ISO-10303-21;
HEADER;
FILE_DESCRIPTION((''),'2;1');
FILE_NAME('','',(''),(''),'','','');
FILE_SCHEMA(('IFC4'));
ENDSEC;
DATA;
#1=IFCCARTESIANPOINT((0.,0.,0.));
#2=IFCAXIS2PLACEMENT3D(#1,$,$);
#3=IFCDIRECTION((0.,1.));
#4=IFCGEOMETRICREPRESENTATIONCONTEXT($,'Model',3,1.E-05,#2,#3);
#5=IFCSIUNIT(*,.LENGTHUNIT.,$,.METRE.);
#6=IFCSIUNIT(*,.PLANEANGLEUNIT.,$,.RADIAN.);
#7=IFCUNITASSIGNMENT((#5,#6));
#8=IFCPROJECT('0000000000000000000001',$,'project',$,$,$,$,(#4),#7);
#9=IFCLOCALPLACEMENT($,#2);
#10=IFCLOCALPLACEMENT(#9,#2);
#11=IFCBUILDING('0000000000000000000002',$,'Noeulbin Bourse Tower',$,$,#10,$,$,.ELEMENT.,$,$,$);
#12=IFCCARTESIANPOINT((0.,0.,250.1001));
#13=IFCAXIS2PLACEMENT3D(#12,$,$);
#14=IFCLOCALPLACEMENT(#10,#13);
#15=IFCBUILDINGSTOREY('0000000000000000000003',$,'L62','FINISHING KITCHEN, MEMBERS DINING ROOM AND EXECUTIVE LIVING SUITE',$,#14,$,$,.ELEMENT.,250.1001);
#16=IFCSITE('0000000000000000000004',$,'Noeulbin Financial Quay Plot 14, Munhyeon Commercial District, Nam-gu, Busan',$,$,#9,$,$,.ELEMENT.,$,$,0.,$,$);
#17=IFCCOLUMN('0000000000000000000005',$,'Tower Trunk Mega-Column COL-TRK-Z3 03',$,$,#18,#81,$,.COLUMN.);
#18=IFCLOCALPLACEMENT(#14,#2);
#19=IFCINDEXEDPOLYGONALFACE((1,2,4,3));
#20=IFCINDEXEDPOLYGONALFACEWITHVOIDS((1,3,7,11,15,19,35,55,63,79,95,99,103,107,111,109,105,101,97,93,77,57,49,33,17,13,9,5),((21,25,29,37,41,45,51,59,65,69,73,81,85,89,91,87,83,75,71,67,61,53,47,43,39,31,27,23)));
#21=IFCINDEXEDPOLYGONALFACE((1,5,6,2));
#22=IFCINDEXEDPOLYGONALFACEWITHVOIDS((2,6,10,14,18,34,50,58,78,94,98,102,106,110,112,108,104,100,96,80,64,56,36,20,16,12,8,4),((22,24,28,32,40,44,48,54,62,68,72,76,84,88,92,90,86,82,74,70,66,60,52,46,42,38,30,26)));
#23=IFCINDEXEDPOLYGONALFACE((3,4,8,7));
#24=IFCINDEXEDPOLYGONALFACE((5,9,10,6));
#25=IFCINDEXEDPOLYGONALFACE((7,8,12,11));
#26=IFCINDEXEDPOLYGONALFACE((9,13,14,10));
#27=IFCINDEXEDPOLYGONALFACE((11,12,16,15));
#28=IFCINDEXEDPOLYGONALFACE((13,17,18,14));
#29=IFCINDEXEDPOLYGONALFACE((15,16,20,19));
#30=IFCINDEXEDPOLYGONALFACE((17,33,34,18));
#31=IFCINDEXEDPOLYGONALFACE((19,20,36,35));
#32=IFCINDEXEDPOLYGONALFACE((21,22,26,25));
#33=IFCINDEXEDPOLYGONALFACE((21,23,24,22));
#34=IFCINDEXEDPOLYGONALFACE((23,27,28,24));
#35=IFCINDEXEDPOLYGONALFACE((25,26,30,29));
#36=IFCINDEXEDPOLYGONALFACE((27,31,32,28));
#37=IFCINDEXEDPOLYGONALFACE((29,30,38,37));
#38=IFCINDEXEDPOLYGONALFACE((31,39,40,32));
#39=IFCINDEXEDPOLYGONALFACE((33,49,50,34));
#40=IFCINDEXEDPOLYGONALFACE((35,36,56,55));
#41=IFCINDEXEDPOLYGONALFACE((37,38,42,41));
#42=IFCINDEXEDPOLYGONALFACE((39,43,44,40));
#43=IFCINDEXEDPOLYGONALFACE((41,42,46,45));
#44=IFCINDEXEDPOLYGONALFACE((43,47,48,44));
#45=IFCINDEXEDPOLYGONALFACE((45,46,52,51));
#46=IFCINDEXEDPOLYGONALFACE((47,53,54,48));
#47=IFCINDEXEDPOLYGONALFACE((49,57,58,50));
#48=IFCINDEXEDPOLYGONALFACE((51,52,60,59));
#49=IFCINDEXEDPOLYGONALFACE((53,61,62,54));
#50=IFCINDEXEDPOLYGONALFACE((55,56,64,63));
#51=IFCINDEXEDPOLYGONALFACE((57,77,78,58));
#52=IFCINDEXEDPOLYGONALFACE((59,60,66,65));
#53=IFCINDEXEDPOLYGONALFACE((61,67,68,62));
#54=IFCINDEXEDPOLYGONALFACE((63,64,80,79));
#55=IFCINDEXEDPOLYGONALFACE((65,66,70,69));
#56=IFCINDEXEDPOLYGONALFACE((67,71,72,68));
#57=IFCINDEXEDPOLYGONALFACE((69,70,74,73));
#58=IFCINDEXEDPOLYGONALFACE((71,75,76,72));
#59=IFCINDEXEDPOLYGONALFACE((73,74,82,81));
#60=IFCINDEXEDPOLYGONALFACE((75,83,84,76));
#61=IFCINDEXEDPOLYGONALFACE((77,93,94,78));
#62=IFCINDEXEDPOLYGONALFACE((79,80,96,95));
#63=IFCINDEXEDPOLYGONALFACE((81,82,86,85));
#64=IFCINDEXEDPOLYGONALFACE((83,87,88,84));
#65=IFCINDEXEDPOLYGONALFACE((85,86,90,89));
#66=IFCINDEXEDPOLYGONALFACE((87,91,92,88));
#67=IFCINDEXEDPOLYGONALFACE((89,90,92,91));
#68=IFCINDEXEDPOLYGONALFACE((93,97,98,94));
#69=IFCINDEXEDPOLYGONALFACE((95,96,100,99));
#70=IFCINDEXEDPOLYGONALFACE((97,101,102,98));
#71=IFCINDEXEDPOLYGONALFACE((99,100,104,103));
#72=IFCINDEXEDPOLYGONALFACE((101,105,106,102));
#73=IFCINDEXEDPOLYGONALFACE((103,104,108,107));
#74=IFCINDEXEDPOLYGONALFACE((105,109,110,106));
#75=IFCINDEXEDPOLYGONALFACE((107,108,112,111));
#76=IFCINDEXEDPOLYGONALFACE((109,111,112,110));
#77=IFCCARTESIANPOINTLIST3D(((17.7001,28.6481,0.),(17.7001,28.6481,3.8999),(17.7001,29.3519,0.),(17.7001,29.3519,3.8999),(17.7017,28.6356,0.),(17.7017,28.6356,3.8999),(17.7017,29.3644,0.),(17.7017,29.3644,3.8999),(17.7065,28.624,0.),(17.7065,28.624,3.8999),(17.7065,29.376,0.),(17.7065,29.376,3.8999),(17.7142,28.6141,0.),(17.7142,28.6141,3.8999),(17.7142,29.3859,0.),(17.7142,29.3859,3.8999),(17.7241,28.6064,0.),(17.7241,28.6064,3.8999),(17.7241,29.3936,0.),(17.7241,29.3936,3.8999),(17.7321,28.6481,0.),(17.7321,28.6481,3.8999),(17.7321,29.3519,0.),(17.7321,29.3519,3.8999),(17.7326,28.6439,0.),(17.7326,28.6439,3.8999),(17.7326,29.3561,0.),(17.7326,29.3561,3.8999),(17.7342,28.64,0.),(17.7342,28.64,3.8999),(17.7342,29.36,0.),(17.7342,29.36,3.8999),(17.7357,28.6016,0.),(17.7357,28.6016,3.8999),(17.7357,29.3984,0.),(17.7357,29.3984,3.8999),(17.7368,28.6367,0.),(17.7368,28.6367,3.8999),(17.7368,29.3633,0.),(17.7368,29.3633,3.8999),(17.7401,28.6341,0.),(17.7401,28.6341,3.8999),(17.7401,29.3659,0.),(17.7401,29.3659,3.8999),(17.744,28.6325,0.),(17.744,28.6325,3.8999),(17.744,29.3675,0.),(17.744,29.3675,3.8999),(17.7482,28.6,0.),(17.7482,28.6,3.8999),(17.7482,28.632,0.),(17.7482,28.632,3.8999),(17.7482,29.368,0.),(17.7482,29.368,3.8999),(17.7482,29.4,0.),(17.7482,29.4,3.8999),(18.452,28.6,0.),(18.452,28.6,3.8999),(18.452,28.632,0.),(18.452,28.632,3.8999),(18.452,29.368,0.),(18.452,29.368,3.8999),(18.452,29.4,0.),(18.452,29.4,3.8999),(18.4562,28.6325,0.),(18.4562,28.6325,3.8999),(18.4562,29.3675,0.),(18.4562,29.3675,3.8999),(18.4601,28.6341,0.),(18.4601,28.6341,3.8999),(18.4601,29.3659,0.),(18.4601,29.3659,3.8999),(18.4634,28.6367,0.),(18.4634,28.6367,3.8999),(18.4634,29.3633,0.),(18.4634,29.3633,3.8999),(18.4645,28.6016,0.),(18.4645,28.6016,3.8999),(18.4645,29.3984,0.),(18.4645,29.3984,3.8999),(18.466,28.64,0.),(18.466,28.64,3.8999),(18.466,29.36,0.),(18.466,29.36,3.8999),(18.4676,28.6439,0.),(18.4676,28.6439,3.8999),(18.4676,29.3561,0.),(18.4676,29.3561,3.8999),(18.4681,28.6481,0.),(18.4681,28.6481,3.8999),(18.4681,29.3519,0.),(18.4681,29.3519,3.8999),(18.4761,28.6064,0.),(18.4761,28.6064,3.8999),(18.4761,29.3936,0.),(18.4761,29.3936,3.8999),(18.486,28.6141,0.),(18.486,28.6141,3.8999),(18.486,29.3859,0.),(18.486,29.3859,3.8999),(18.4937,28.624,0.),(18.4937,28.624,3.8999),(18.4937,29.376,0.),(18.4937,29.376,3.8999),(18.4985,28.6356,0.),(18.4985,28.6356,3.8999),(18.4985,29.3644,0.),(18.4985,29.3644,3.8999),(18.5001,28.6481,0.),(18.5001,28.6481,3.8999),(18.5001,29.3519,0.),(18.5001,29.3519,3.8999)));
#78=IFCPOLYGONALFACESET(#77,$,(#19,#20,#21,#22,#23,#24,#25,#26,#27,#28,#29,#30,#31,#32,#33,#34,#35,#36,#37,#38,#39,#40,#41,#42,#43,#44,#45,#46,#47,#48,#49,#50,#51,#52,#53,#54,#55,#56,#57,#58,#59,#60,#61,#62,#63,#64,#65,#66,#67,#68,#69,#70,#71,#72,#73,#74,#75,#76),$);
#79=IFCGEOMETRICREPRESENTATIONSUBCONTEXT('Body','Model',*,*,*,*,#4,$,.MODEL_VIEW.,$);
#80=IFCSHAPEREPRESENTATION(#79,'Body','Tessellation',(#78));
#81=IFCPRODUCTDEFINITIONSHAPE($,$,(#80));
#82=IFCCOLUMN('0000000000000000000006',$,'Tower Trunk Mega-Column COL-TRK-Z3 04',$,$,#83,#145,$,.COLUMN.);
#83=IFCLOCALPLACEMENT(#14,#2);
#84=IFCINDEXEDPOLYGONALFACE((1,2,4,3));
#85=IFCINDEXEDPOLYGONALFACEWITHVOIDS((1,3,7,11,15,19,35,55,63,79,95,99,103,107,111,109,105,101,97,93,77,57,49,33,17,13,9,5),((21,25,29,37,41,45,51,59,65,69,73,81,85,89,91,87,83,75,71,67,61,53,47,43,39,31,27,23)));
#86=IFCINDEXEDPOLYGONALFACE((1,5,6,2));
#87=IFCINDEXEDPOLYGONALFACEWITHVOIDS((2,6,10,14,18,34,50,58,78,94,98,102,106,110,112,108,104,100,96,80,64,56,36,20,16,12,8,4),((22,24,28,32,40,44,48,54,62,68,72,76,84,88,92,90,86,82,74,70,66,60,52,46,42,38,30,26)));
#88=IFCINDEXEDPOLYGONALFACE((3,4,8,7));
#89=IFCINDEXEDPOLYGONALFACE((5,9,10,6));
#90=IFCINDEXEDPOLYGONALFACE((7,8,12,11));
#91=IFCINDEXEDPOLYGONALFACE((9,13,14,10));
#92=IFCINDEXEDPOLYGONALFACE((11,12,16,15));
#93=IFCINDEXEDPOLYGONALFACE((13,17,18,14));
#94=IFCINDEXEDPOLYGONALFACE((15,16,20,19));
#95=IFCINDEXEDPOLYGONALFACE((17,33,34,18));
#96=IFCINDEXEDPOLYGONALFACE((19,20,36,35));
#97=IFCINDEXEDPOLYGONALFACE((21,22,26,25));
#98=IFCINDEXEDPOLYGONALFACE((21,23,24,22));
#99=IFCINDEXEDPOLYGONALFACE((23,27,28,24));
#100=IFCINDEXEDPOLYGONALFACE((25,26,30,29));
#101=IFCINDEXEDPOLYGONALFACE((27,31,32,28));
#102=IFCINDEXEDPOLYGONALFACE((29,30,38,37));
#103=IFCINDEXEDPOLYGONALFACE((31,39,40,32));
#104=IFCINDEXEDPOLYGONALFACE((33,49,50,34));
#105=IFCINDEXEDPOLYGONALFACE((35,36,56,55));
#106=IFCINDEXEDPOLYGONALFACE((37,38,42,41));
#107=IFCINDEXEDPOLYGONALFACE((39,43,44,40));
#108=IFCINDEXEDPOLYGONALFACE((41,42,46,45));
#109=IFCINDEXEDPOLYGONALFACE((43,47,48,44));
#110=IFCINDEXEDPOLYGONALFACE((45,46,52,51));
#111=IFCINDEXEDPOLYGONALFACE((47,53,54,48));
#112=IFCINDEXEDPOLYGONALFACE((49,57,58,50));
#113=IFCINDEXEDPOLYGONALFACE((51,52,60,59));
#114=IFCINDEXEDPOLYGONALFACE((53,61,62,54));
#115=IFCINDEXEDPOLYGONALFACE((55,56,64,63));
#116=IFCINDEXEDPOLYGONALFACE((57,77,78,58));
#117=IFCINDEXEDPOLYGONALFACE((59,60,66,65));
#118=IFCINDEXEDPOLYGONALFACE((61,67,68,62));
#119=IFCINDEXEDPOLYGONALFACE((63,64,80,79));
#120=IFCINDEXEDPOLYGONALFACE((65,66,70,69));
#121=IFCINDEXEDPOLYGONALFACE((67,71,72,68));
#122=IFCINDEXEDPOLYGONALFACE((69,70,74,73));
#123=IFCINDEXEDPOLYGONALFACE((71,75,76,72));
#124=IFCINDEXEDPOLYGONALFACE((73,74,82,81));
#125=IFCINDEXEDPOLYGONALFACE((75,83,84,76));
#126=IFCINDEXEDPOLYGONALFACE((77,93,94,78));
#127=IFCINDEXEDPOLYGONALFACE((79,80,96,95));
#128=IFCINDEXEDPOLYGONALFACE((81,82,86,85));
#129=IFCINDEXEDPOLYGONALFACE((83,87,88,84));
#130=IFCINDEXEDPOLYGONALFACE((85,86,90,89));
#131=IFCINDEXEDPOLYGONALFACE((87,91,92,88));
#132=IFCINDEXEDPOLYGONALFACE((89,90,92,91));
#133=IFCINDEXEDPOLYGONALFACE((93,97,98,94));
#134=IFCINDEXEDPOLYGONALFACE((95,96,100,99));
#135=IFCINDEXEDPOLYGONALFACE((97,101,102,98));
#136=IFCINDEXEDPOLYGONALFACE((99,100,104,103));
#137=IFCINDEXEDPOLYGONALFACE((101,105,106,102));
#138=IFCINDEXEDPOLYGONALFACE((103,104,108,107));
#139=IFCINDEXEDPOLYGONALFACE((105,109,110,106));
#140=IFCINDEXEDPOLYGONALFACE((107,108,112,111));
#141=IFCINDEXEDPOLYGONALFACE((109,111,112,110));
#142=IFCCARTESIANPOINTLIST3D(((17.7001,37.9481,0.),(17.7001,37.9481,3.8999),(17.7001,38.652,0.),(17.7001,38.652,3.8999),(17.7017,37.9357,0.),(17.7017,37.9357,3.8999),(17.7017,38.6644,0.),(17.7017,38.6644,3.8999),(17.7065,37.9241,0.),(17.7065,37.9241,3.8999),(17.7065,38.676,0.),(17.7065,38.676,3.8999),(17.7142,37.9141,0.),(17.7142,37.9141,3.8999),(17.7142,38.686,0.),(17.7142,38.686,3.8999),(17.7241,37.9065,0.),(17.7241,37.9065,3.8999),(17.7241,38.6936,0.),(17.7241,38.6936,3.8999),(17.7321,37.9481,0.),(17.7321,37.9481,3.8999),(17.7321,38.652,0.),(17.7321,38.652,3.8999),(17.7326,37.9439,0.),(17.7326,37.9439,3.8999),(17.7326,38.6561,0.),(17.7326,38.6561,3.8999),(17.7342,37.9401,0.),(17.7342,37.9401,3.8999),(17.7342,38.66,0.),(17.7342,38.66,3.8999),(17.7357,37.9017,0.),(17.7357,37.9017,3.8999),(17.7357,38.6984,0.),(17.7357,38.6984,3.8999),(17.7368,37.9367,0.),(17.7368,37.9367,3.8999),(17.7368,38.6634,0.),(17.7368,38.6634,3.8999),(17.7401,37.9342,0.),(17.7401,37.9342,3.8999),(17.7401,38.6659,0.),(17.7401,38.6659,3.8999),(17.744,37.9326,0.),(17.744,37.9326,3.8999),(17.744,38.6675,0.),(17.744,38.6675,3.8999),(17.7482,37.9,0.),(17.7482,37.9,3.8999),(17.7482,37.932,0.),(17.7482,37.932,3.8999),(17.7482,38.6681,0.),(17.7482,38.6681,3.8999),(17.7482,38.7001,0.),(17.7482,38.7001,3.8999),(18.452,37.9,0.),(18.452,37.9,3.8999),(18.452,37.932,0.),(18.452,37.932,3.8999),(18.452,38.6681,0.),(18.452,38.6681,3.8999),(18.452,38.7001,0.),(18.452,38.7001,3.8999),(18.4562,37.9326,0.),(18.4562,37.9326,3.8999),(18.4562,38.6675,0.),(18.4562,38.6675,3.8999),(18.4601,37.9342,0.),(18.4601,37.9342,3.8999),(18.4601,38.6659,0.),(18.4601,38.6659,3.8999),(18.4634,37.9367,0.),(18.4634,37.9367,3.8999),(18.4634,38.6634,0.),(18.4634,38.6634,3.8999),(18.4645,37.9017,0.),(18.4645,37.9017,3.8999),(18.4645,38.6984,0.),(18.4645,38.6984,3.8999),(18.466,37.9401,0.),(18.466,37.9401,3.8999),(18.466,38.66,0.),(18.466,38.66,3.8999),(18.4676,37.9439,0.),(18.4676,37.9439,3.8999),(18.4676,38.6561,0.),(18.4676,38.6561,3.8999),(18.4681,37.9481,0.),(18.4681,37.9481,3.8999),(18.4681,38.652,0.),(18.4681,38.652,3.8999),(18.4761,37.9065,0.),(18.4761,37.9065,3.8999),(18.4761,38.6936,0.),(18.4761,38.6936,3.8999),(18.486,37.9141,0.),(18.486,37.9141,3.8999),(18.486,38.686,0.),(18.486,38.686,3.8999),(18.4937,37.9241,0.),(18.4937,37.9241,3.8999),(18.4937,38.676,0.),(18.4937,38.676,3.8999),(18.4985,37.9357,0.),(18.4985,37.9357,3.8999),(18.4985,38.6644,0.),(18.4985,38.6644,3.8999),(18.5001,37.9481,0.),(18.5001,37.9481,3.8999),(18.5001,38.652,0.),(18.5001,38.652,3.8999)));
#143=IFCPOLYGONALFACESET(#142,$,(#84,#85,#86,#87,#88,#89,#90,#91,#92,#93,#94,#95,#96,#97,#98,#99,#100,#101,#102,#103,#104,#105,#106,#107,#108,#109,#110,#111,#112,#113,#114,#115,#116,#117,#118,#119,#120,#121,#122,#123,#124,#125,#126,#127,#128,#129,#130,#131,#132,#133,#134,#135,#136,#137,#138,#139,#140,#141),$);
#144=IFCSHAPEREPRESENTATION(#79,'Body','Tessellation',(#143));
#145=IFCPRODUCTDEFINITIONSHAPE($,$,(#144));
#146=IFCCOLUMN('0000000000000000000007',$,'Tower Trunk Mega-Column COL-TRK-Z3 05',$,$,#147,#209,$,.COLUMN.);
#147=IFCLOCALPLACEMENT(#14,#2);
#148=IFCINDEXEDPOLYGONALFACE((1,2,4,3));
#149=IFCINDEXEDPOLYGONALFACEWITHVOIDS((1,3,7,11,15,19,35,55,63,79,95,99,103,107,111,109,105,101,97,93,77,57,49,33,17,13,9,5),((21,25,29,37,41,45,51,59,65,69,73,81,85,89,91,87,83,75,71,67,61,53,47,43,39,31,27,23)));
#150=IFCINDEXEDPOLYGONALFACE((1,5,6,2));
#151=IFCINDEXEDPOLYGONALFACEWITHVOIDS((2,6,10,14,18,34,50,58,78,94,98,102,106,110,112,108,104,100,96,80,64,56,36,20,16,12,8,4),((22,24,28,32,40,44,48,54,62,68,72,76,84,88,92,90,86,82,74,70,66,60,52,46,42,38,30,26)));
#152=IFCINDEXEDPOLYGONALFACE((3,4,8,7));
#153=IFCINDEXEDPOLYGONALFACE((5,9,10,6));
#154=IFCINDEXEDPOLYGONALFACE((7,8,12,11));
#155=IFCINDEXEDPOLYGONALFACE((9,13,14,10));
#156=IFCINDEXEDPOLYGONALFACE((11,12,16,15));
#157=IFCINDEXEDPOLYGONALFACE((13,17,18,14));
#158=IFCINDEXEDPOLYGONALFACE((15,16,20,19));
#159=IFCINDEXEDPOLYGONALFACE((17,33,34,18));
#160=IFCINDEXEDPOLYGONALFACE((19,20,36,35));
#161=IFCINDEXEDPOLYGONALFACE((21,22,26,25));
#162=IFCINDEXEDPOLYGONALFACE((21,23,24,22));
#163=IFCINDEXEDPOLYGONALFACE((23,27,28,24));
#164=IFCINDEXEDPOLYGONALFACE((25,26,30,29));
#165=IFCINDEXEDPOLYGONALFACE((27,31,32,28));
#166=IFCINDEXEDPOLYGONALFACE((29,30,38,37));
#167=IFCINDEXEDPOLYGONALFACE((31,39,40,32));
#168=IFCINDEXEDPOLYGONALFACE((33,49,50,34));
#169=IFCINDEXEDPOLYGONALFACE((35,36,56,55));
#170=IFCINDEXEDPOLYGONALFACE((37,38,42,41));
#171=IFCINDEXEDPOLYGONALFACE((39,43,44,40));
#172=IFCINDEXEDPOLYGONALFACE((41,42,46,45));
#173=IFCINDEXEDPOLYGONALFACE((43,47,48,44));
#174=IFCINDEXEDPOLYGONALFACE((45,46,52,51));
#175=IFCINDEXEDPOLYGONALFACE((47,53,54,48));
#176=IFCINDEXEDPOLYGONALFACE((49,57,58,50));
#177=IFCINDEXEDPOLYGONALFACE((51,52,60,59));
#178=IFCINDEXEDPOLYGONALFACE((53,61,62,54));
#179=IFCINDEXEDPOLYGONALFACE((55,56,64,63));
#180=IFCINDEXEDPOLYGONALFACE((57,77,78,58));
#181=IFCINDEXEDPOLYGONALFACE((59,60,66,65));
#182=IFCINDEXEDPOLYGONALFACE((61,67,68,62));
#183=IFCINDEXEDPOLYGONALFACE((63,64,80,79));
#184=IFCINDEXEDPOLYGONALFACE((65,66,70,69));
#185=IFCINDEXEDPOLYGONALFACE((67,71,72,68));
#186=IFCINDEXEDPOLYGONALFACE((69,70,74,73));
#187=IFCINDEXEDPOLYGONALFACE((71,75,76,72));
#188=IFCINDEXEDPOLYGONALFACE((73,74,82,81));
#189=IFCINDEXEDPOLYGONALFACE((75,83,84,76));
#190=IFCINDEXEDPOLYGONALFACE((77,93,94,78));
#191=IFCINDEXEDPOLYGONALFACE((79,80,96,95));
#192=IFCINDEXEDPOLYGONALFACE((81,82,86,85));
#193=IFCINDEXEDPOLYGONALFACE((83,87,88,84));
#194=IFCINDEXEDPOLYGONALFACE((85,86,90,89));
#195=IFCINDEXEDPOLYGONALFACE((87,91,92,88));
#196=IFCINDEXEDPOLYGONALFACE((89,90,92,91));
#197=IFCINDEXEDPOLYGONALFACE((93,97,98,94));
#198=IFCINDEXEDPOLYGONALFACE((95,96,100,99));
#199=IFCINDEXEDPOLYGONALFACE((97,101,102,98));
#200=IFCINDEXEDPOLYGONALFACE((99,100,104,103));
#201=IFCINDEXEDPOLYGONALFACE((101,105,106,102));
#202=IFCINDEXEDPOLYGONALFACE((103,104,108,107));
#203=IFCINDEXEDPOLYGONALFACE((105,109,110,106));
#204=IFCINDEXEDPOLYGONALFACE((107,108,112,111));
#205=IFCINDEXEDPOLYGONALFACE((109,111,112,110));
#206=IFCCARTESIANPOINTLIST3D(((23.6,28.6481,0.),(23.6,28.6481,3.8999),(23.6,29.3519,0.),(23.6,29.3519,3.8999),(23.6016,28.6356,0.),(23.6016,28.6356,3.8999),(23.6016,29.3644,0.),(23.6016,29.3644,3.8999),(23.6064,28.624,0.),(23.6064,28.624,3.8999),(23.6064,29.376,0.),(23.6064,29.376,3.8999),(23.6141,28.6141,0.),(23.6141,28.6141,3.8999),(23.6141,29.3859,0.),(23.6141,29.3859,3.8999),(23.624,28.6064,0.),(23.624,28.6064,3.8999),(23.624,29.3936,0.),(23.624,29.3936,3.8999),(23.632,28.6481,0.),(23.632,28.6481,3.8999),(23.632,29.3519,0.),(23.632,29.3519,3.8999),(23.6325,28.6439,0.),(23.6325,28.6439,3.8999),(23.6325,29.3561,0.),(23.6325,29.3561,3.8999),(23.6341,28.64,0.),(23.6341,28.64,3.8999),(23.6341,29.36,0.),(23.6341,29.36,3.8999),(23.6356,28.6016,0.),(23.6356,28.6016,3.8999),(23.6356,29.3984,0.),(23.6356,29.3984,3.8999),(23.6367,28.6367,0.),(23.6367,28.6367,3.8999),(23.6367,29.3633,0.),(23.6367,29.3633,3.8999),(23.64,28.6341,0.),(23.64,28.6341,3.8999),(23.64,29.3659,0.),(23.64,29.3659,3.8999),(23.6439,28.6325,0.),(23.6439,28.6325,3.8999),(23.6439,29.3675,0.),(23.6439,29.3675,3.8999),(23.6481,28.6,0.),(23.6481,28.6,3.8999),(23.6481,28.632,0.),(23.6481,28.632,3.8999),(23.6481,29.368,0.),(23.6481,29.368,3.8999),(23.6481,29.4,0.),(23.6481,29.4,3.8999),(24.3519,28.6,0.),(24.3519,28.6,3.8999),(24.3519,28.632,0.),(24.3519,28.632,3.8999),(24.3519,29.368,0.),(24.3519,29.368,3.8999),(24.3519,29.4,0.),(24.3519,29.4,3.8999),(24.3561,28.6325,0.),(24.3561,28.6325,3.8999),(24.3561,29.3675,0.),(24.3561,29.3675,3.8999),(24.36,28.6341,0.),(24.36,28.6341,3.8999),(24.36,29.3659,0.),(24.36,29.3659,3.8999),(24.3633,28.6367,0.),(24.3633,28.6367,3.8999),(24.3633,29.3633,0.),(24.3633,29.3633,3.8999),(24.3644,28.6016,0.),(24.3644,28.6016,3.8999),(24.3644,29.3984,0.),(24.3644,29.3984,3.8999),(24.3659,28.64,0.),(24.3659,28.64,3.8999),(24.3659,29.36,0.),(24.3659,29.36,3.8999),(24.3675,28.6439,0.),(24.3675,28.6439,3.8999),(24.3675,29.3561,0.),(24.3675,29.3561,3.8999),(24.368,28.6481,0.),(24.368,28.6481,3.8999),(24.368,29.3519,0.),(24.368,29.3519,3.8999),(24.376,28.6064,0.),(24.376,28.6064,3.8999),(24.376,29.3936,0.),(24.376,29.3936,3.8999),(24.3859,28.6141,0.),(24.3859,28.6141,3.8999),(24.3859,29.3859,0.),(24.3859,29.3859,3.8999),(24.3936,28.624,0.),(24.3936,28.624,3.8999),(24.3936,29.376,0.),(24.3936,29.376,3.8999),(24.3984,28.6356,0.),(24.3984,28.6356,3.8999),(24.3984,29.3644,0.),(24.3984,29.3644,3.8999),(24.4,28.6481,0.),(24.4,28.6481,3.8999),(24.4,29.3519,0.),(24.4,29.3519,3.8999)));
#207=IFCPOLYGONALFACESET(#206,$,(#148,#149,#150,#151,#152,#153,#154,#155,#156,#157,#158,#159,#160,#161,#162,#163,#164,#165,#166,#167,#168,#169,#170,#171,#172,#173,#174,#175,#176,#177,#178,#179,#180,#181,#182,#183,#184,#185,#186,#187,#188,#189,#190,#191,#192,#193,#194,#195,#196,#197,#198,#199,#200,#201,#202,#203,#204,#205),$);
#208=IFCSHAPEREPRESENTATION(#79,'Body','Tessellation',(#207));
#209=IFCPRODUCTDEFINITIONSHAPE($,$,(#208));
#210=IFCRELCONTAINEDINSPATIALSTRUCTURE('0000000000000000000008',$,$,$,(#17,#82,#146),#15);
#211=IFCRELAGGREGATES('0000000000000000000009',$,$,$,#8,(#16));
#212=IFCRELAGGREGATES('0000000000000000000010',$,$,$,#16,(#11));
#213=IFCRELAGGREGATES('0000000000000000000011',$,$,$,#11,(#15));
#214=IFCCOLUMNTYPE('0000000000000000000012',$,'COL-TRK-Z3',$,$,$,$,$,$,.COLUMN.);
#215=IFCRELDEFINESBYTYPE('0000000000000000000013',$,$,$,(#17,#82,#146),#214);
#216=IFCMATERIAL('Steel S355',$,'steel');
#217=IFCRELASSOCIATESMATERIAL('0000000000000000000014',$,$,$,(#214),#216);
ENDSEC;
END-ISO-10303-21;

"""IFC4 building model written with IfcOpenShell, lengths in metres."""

from ifc_helpers import new_model, si_unit, direction, frame, origin, origin_2d, place, context, subcontext, project, spatial, hollow_rectangle, extrude, material, material_profile, profile_set, type_object, element, save


model = new_model("IFC4")

# Units and contexts
model_context = context("Model", 3, precision=1e-05, world=origin(), true_north=direction((0.0, 1.0)))
body_context = subcontext(model_context, "Body", "Model", "MODEL_VIEW")
ifc_project = project(units=[si_unit("LENGTHUNIT", "METRE"), si_unit("PLANEANGLEUNIT", "RADIAN")], contexts=[model_context])

# Site, building, storey
site_placement = place(None, origin())
site = spatial("IfcSite", under=ifc_project, at=site_placement, Name="Noeulbin Financial Quay Plot 14, Munhyeon Commercial District, Nam-gu, Busan", CompositionType="ELEMENT", RefElevation=0.0)
building_placement = place(site_placement, origin())
building = spatial("IfcBuilding", under=site, at=building_placement, Name="Noeulbin Bourse Tower", CompositionType="ELEMENT")
storey_placement = place(building_placement, frame((0.0, 0.0, 250.1001)))
storey = spatial("IfcBuildingStorey", under=building, at=storey_placement, Name="L62", Description="FINISHING KITCHEN, MEMBERS DINING ROOM AND EXECUTIVE LIVING SUITE", CompositionType="ELEMENT", Elevation=250.1001)

# Columns
ifc_material_1 = material(Name="Steel S355", Category="steel")
ifc_material_profile_1 = material_profile(ifc_material_1, hollow_rectangle(XDim=0.8, YDim=0.8, WallThickness=0.032, InnerFilletRadius=0.0161, OuterFilletRadius=0.0481, at=origin_2d()), Name="BOX-800x800x32", Category="LoadBearing")
ifc_profile_set_1 = profile_set([ifc_material_profile_1], Name="Steel S355")
column_type = type_object("IfcColumnType", Name="COL-TRK-Z3", PredefinedType="COLUMN", material=ifc_profile_set_1)
for number, where, z_axis, x_axis, name in (
    (1, (18.1001, 29.0, 0.0), (0.0, 0.0, 1.0), (1.0, 0.0, 0.0), "Tower Trunk Mega-Column COL-TRK-Z3 03"),
    (2, (18.1001, 38.3, 0.0), (0.0, 0.0, 1.0), (1.0, 0.0, 0.0), "Tower Trunk Mega-Column COL-TRK-Z3 04"),
    (3, (24.0, 29.0, 0.0), (0.0, 0.0, 1.0), (1.0, 0.0, 0.0), "Tower Trunk Mega-Column COL-TRK-Z3 05"),
):
    element("IfcColumn", number, at=place(storey_placement, frame(where, z_axis=z_axis, x_axis=x_axis)), inside=storey, type_object=column_type, Name=name, PredefinedType="COLUMN", context=body_context, shape_type="SweptSolid", body=[
        extrude(hollow_rectangle(XDim=0.8, YDim=0.8, WallThickness=0.032, InnerFilletRadius=0.0161, OuterFilletRadius=0.0481, at=origin_2d()), origin(), (0.0, 0.0, 1.0), 3.8999),
    ])

save(model, "model.ifc")
